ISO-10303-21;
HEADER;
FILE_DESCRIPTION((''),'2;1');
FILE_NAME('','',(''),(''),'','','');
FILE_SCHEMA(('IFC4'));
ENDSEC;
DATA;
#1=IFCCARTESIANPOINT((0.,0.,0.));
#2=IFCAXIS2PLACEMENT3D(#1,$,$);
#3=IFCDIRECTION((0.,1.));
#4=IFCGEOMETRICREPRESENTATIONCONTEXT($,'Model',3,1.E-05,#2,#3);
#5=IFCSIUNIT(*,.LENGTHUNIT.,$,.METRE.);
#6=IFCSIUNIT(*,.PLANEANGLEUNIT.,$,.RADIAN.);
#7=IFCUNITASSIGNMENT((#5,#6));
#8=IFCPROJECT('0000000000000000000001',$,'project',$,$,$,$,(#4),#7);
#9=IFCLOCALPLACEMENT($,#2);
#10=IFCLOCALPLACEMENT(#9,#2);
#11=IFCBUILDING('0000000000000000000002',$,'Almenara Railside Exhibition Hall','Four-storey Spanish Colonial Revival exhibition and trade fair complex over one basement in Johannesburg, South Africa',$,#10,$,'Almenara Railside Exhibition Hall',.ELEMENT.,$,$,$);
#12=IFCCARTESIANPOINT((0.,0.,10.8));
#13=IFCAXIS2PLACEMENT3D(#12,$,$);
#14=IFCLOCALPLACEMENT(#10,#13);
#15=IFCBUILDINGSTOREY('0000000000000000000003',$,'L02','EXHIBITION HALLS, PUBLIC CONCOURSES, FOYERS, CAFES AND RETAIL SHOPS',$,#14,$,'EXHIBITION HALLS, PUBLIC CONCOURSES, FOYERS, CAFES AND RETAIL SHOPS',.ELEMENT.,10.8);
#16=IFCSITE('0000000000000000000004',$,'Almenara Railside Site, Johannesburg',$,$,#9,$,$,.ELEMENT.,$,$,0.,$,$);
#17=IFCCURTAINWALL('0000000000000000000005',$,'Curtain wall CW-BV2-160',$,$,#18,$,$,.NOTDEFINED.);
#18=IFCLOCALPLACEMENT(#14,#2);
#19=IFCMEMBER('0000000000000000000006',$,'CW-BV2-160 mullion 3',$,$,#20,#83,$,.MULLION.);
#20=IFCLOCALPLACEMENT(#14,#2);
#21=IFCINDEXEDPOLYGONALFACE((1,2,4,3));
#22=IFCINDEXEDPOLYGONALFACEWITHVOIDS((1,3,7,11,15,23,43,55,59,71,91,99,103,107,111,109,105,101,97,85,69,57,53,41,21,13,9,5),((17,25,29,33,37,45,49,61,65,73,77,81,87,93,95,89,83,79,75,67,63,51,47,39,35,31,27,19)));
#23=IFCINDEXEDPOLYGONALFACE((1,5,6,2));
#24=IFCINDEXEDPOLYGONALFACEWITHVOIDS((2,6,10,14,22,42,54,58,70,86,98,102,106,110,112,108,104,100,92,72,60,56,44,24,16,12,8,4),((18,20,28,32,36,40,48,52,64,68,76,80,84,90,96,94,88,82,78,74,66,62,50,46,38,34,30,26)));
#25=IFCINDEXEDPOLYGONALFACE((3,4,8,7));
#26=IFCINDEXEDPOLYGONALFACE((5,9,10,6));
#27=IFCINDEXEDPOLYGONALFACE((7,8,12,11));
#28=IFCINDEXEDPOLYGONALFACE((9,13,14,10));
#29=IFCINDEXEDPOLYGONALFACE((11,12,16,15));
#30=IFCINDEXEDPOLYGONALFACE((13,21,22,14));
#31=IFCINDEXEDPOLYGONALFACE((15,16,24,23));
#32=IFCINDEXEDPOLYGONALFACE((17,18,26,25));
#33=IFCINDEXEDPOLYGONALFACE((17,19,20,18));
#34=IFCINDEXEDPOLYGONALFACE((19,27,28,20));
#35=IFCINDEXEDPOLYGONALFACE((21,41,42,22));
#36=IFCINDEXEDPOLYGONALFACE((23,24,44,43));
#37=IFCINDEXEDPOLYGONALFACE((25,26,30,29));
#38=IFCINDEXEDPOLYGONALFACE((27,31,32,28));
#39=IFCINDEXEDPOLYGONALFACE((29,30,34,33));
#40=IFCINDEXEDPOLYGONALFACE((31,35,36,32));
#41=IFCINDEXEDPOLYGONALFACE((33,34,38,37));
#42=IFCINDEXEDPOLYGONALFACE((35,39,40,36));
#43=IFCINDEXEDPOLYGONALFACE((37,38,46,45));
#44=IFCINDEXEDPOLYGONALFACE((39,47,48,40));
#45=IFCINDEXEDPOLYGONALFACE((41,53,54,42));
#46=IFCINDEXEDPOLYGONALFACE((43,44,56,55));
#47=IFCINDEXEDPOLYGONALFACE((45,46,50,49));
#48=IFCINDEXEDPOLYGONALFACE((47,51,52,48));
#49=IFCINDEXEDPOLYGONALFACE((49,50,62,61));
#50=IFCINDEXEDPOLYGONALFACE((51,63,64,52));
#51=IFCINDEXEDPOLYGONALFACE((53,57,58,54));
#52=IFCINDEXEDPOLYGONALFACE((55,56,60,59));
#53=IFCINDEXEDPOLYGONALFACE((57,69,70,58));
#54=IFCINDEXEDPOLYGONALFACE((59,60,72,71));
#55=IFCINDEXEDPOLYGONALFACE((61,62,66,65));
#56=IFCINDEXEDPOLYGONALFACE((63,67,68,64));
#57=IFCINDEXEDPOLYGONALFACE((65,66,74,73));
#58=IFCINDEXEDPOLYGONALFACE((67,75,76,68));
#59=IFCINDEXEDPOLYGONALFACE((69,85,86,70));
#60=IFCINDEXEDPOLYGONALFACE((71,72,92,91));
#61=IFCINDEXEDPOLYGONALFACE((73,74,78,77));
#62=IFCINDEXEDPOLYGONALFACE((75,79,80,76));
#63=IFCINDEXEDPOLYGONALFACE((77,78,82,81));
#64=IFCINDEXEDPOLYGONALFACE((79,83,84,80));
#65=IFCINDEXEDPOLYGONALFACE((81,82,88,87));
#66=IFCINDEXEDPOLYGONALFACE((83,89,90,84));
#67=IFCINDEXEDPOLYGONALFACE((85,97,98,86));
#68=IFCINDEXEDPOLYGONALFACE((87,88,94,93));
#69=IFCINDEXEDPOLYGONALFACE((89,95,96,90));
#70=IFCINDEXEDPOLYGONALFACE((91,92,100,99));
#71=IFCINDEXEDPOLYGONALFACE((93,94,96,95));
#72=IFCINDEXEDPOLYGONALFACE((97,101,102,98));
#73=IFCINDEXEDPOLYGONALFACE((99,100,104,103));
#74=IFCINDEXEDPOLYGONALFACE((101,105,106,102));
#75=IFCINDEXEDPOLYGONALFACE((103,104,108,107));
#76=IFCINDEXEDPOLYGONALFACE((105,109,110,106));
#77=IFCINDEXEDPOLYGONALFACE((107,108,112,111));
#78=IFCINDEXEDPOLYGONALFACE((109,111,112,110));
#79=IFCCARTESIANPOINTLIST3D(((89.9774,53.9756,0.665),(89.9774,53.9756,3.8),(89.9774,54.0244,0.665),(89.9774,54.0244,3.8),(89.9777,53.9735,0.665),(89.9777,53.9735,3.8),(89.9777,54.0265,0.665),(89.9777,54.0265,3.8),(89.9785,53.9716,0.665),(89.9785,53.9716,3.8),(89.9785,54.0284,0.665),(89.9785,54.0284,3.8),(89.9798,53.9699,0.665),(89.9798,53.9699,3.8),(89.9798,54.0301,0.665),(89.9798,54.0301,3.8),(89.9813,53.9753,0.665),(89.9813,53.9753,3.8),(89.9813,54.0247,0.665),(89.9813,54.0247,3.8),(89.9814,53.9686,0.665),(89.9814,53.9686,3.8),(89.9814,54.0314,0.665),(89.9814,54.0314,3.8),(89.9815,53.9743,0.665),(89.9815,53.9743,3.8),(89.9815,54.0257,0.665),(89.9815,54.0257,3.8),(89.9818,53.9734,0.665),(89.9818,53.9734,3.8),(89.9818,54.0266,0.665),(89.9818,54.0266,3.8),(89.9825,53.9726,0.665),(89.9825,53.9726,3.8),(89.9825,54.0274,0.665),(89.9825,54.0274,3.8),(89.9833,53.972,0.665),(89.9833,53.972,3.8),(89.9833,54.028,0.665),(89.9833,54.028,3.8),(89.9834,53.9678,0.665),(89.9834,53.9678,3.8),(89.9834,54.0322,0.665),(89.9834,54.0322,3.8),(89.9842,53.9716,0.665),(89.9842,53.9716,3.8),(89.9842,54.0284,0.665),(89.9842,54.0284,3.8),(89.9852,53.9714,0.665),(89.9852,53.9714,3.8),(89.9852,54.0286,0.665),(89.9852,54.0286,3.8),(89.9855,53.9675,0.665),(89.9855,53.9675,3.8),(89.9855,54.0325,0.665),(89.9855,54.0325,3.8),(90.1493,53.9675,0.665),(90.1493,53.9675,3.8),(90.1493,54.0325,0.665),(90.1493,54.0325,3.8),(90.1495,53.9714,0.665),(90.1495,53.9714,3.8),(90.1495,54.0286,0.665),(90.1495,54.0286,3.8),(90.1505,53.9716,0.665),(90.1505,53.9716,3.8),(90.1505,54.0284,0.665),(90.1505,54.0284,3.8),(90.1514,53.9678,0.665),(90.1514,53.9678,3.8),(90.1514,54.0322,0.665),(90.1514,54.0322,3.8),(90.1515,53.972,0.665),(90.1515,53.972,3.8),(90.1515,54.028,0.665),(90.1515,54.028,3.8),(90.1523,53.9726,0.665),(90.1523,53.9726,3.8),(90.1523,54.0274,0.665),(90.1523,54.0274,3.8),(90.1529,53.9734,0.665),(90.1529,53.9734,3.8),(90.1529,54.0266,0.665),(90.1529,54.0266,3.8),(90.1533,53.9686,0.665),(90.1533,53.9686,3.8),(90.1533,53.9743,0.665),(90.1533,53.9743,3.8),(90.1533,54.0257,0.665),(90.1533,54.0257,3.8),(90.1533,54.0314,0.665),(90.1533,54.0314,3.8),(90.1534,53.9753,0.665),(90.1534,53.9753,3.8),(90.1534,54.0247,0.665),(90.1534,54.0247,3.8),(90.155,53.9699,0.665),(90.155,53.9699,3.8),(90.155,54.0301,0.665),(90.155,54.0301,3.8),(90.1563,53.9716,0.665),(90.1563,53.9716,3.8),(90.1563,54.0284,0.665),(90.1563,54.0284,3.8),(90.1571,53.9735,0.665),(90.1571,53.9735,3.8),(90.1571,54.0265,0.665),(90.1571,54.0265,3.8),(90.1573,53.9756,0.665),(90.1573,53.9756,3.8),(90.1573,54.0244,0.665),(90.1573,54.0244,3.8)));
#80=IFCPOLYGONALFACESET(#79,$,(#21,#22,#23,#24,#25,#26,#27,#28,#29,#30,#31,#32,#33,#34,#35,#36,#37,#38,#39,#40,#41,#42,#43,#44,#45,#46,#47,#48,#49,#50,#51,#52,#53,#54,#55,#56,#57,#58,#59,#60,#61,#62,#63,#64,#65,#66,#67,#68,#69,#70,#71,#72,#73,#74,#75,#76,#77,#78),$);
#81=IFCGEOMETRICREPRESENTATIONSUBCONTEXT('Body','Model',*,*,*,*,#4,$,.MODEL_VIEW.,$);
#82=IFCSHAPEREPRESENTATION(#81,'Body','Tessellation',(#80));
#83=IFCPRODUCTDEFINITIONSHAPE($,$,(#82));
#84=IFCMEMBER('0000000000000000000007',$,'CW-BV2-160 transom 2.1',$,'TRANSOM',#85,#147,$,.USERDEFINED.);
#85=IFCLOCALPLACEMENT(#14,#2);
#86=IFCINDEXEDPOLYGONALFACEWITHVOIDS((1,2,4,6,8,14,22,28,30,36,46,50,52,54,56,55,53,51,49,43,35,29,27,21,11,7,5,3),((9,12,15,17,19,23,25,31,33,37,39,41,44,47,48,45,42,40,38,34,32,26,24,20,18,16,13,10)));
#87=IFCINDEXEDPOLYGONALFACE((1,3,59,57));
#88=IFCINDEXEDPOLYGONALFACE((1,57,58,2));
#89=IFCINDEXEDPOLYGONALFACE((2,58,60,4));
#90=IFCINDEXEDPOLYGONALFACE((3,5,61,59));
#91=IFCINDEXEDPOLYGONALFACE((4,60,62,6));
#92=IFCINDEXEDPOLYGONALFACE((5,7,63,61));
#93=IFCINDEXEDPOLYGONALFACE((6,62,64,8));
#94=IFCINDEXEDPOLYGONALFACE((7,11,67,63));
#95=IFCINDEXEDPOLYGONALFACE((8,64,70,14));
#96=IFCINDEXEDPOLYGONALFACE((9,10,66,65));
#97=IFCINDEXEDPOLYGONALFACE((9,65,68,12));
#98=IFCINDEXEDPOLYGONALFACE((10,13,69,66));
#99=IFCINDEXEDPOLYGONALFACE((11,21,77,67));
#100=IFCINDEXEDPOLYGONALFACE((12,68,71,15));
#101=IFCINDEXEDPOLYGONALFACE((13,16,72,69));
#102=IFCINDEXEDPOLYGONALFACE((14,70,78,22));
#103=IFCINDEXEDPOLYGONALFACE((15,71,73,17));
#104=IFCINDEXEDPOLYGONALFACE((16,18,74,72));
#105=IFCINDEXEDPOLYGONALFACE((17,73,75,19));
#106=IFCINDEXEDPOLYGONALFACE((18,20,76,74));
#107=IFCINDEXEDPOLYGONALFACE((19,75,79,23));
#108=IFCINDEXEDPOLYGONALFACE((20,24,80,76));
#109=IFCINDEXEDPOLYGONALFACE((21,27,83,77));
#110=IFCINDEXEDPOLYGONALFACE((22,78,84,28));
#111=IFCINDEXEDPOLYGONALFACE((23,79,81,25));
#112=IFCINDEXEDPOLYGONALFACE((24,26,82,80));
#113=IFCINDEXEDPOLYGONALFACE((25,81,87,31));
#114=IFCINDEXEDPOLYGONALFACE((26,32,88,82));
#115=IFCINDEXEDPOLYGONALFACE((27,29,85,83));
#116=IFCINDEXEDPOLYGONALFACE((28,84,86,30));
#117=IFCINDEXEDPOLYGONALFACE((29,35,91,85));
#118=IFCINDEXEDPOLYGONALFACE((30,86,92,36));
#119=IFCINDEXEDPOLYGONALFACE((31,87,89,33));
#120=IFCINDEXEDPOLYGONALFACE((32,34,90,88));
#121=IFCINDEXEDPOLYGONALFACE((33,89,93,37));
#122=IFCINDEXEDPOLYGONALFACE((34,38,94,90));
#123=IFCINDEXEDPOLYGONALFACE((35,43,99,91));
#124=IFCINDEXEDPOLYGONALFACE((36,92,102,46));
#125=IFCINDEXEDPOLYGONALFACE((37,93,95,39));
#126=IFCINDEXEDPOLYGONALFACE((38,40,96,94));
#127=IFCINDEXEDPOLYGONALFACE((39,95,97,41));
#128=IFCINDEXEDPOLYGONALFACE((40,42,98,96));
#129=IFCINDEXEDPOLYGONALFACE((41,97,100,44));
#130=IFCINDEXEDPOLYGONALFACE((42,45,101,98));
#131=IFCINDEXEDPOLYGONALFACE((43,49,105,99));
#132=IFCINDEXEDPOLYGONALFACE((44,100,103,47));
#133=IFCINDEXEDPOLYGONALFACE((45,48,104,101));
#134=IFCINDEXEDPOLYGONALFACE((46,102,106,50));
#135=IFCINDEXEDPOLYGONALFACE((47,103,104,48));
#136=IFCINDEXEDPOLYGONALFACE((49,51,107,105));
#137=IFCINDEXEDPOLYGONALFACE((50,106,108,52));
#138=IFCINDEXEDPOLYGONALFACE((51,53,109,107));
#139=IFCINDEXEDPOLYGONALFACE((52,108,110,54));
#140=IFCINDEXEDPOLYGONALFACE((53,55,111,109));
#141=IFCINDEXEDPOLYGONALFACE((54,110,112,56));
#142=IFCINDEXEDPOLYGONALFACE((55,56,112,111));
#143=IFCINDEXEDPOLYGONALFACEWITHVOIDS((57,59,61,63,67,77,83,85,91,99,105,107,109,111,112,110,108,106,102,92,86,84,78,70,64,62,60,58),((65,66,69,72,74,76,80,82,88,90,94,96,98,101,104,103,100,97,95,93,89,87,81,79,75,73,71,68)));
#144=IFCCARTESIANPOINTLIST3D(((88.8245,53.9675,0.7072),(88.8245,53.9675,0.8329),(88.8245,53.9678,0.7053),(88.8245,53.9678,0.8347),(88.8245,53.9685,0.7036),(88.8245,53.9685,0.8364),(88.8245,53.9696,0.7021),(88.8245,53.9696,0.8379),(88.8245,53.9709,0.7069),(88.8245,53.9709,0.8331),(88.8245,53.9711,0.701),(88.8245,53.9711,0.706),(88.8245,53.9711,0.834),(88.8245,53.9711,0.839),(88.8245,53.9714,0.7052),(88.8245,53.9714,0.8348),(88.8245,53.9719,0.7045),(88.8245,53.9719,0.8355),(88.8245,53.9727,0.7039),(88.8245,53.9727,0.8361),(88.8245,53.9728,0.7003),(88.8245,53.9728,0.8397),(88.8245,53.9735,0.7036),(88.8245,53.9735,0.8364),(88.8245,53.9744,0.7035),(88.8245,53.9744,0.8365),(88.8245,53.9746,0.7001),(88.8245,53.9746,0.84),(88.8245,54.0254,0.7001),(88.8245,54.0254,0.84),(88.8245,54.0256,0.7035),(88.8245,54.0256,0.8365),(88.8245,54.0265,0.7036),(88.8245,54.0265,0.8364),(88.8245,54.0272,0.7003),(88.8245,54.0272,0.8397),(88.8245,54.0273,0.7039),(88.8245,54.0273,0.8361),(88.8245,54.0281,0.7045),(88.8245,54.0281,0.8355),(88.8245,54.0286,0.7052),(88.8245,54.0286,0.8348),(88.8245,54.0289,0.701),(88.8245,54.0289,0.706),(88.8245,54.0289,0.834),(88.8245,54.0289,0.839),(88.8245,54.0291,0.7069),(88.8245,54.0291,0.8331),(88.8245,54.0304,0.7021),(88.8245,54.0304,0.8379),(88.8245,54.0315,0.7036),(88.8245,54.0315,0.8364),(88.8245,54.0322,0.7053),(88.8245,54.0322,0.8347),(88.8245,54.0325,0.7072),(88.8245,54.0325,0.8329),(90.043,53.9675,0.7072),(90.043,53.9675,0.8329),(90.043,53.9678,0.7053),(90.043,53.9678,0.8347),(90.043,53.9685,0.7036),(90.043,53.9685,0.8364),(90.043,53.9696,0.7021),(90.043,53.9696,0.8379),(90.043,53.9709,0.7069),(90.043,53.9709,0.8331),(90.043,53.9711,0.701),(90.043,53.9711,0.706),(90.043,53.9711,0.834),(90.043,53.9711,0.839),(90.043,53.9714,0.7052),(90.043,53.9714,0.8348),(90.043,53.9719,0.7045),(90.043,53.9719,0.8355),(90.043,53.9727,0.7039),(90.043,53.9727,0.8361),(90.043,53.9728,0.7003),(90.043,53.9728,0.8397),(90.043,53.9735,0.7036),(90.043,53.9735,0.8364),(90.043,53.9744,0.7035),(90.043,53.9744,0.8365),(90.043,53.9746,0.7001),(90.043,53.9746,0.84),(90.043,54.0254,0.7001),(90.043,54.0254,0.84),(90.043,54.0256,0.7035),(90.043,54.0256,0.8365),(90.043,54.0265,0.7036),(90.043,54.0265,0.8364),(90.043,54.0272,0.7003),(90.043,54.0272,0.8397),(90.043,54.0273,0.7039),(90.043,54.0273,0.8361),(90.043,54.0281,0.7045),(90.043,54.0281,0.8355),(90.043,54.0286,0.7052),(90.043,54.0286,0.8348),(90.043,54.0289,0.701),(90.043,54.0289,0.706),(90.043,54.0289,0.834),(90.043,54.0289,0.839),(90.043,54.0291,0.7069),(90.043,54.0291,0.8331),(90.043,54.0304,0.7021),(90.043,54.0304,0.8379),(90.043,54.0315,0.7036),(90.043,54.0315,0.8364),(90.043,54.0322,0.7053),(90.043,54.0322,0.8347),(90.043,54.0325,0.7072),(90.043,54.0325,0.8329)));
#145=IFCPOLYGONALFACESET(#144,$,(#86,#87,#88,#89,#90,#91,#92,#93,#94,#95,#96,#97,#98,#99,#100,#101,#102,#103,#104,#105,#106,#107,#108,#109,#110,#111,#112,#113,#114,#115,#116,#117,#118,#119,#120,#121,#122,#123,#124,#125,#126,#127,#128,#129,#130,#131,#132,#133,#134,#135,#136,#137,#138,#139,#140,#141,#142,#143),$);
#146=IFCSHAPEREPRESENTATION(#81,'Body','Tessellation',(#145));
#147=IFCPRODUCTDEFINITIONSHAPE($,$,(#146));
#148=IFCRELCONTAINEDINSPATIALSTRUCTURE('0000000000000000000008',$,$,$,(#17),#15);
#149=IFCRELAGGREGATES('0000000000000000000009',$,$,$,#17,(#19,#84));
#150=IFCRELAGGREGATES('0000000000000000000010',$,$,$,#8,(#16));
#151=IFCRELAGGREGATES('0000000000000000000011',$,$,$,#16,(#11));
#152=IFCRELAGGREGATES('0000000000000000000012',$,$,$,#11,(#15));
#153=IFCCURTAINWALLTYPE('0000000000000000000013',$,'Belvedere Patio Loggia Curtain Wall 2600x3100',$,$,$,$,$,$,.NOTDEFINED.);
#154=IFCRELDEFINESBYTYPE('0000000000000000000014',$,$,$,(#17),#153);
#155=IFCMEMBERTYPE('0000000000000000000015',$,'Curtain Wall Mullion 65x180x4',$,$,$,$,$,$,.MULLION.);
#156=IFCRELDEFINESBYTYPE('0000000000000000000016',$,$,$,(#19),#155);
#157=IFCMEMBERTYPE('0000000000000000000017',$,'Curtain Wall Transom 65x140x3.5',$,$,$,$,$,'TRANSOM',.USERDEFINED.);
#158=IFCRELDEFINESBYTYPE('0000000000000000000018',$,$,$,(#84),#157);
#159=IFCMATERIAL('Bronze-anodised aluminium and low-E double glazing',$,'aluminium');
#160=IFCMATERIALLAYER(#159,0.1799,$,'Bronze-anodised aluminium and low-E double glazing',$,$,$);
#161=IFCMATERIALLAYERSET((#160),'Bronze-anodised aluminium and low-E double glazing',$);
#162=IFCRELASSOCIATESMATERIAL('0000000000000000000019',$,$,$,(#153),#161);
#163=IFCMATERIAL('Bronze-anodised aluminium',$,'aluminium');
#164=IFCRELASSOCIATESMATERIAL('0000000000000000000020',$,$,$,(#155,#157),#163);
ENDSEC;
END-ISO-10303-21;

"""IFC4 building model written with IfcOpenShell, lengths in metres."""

from ifc_helpers import new_model, si_unit, direction, frame, origin, origin_2d, place, context, subcontext, project, spatial, hollow_rectangle, extrude, material, layer, layer_set, material_profile, profile_set, type_object, element, aggregate, save


model = new_model("IFC4")

# Units and contexts
model_context = context("Model", 3, precision=1e-05, world=origin(), true_north=direction((0.0, 1.0)))
body_context = subcontext(model_context, "Body", "Model", "MODEL_VIEW")
ifc_project = project(units=[si_unit("LENGTHUNIT", "METRE"), si_unit("PLANEANGLEUNIT", "RADIAN")], contexts=[model_context])

# Site, building, storey
site_placement = place(None, origin())
site = spatial("IfcSite", under=ifc_project, at=site_placement, Name="Almenara Railside Site, Johannesburg", CompositionType="ELEMENT", RefElevation=0.0)
building_placement = place(site_placement, origin())
building = spatial("IfcBuilding", under=site, at=building_placement, Name="Almenara Railside Exhibition Hall", Description="Four-storey Spanish Colonial Revival exhibition and trade fair complex over one basement in Johannesburg, South Africa", LongName="Almenara Railside Exhibition Hall", CompositionType="ELEMENT")
storey_placement = place(building_placement, frame((0.0, 0.0, 10.8)))
storey = spatial("IfcBuildingStorey", under=building, at=storey_placement, Name="L02", Description="EXHIBITION HALLS, PUBLIC CONCOURSES, FOYERS, CAFES AND RETAIL SHOPS", LongName="EXHIBITION HALLS, PUBLIC CONCOURSES, FOYERS, CAFES AND RETAIL SHOPS", CompositionType="ELEMENT", Elevation=10.8)

# Curtain wall, members
ifc_material_1 = material(Name="Bronze-anodised aluminium and low-E double glazing", Category="aluminium")
ifc_layer_1 = layer(ifc_material_1, 0.1799, Name="Bronze-anodised aluminium and low-E double glazing")
ifc_layer_set_1 = layer_set([ifc_layer_1], Name="Bronze-anodised aluminium and low-E double glazing")
curtain_wall_type = type_object("IfcCurtainWallType", Name="Belvedere Patio Loggia Curtain Wall 2600x3100", PredefinedType="NOTDEFINED", material=ifc_layer_set_1)
curtain_wall_placement = place(storey_placement, origin())
curtain_wall = element("IfcCurtainWall", 1, at=curtain_wall_placement, inside=storey, type_object=curtain_wall_type, Name="Curtain wall CW-BV2-160", PredefinedType="NOTDEFINED")
ifc_material_2 = material(Name="Bronze-anodised aluminium", Category="aluminium")
ifc_material_profile_1 = material_profile(ifc_material_2, hollow_rectangle(XDim=0.0649, YDim=0.1799, WallThickness=0.0039, InnerFilletRadius=0.0039, OuterFilletRadius=0.0081, at=origin_2d()), Name="ALU-MUL 65x180x4")
ifc_profile_set_1 = profile_set([ifc_material_profile_1], Name="Bronze-anodised aluminium")
member_type_1 = type_object("IfcMemberType", Name="Curtain Wall Mullion 65x180x4", PredefinedType="MULLION", material=ifc_profile_set_1)
member_1_placement = place(storey_placement, frame((90.0674, 54.0, 0.665), z_axis=(0.0, 0.0, 1.0), x_axis=(0.0, 1.0, 0.0)))
member_1 = element("IfcMember", 2, at=member_1_placement, type_object=member_type_1, Name="CW-BV2-160 mullion 3", PredefinedType="MULLION", context=body_context, shape_type="SweptSolid", body=[
    extrude(hollow_rectangle(XDim=0.0649, YDim=0.1799, WallThickness=0.0039, InnerFilletRadius=0.0039, OuterFilletRadius=0.0081, at=origin_2d()), origin(), (0.0, 0.0, 1.0), 3.135),
])
ifc_material_profile_2 = material_profile(ifc_material_2, hollow_rectangle(XDim=0.0649, YDim=0.1399, WallThickness=0.0034, InnerFilletRadius=0.0034, OuterFilletRadius=0.0071, at=origin_2d()), Name="ALU-TRN 65x140x3.5")
ifc_profile_set_2 = profile_set([ifc_material_profile_2], Name="Bronze-anodised aluminium")
member_type_2 = type_object("IfcMemberType", Name="Curtain Wall Transom 65x140x3.5", ElementType="TRANSOM", PredefinedType="USERDEFINED", material=ifc_profile_set_2)
member_2_placement = place(storey_placement, frame((88.8245, 54.0, 0.77), z_axis=(1.0, 0.0, 0.0), x_axis=(0.0, 1.0, 0.0)))
member_2 = element("IfcMember", 3, at=member_2_placement, type_object=member_type_2, Name="CW-BV2-160 transom 2.1", ObjectType="TRANSOM", PredefinedType="USERDEFINED", context=body_context, shape_type="SweptSolid", body=[
    extrude(hollow_rectangle(XDim=0.0649, YDim=0.1399, WallThickness=0.0034, InnerFilletRadius=0.0034, OuterFilletRadius=0.0071, at=origin_2d()), origin(), (0.0, 0.0, 1.0), 1.2185),
])

aggregate(curtain_wall, [member_1, member_2])

save(model, "model.ifc")
